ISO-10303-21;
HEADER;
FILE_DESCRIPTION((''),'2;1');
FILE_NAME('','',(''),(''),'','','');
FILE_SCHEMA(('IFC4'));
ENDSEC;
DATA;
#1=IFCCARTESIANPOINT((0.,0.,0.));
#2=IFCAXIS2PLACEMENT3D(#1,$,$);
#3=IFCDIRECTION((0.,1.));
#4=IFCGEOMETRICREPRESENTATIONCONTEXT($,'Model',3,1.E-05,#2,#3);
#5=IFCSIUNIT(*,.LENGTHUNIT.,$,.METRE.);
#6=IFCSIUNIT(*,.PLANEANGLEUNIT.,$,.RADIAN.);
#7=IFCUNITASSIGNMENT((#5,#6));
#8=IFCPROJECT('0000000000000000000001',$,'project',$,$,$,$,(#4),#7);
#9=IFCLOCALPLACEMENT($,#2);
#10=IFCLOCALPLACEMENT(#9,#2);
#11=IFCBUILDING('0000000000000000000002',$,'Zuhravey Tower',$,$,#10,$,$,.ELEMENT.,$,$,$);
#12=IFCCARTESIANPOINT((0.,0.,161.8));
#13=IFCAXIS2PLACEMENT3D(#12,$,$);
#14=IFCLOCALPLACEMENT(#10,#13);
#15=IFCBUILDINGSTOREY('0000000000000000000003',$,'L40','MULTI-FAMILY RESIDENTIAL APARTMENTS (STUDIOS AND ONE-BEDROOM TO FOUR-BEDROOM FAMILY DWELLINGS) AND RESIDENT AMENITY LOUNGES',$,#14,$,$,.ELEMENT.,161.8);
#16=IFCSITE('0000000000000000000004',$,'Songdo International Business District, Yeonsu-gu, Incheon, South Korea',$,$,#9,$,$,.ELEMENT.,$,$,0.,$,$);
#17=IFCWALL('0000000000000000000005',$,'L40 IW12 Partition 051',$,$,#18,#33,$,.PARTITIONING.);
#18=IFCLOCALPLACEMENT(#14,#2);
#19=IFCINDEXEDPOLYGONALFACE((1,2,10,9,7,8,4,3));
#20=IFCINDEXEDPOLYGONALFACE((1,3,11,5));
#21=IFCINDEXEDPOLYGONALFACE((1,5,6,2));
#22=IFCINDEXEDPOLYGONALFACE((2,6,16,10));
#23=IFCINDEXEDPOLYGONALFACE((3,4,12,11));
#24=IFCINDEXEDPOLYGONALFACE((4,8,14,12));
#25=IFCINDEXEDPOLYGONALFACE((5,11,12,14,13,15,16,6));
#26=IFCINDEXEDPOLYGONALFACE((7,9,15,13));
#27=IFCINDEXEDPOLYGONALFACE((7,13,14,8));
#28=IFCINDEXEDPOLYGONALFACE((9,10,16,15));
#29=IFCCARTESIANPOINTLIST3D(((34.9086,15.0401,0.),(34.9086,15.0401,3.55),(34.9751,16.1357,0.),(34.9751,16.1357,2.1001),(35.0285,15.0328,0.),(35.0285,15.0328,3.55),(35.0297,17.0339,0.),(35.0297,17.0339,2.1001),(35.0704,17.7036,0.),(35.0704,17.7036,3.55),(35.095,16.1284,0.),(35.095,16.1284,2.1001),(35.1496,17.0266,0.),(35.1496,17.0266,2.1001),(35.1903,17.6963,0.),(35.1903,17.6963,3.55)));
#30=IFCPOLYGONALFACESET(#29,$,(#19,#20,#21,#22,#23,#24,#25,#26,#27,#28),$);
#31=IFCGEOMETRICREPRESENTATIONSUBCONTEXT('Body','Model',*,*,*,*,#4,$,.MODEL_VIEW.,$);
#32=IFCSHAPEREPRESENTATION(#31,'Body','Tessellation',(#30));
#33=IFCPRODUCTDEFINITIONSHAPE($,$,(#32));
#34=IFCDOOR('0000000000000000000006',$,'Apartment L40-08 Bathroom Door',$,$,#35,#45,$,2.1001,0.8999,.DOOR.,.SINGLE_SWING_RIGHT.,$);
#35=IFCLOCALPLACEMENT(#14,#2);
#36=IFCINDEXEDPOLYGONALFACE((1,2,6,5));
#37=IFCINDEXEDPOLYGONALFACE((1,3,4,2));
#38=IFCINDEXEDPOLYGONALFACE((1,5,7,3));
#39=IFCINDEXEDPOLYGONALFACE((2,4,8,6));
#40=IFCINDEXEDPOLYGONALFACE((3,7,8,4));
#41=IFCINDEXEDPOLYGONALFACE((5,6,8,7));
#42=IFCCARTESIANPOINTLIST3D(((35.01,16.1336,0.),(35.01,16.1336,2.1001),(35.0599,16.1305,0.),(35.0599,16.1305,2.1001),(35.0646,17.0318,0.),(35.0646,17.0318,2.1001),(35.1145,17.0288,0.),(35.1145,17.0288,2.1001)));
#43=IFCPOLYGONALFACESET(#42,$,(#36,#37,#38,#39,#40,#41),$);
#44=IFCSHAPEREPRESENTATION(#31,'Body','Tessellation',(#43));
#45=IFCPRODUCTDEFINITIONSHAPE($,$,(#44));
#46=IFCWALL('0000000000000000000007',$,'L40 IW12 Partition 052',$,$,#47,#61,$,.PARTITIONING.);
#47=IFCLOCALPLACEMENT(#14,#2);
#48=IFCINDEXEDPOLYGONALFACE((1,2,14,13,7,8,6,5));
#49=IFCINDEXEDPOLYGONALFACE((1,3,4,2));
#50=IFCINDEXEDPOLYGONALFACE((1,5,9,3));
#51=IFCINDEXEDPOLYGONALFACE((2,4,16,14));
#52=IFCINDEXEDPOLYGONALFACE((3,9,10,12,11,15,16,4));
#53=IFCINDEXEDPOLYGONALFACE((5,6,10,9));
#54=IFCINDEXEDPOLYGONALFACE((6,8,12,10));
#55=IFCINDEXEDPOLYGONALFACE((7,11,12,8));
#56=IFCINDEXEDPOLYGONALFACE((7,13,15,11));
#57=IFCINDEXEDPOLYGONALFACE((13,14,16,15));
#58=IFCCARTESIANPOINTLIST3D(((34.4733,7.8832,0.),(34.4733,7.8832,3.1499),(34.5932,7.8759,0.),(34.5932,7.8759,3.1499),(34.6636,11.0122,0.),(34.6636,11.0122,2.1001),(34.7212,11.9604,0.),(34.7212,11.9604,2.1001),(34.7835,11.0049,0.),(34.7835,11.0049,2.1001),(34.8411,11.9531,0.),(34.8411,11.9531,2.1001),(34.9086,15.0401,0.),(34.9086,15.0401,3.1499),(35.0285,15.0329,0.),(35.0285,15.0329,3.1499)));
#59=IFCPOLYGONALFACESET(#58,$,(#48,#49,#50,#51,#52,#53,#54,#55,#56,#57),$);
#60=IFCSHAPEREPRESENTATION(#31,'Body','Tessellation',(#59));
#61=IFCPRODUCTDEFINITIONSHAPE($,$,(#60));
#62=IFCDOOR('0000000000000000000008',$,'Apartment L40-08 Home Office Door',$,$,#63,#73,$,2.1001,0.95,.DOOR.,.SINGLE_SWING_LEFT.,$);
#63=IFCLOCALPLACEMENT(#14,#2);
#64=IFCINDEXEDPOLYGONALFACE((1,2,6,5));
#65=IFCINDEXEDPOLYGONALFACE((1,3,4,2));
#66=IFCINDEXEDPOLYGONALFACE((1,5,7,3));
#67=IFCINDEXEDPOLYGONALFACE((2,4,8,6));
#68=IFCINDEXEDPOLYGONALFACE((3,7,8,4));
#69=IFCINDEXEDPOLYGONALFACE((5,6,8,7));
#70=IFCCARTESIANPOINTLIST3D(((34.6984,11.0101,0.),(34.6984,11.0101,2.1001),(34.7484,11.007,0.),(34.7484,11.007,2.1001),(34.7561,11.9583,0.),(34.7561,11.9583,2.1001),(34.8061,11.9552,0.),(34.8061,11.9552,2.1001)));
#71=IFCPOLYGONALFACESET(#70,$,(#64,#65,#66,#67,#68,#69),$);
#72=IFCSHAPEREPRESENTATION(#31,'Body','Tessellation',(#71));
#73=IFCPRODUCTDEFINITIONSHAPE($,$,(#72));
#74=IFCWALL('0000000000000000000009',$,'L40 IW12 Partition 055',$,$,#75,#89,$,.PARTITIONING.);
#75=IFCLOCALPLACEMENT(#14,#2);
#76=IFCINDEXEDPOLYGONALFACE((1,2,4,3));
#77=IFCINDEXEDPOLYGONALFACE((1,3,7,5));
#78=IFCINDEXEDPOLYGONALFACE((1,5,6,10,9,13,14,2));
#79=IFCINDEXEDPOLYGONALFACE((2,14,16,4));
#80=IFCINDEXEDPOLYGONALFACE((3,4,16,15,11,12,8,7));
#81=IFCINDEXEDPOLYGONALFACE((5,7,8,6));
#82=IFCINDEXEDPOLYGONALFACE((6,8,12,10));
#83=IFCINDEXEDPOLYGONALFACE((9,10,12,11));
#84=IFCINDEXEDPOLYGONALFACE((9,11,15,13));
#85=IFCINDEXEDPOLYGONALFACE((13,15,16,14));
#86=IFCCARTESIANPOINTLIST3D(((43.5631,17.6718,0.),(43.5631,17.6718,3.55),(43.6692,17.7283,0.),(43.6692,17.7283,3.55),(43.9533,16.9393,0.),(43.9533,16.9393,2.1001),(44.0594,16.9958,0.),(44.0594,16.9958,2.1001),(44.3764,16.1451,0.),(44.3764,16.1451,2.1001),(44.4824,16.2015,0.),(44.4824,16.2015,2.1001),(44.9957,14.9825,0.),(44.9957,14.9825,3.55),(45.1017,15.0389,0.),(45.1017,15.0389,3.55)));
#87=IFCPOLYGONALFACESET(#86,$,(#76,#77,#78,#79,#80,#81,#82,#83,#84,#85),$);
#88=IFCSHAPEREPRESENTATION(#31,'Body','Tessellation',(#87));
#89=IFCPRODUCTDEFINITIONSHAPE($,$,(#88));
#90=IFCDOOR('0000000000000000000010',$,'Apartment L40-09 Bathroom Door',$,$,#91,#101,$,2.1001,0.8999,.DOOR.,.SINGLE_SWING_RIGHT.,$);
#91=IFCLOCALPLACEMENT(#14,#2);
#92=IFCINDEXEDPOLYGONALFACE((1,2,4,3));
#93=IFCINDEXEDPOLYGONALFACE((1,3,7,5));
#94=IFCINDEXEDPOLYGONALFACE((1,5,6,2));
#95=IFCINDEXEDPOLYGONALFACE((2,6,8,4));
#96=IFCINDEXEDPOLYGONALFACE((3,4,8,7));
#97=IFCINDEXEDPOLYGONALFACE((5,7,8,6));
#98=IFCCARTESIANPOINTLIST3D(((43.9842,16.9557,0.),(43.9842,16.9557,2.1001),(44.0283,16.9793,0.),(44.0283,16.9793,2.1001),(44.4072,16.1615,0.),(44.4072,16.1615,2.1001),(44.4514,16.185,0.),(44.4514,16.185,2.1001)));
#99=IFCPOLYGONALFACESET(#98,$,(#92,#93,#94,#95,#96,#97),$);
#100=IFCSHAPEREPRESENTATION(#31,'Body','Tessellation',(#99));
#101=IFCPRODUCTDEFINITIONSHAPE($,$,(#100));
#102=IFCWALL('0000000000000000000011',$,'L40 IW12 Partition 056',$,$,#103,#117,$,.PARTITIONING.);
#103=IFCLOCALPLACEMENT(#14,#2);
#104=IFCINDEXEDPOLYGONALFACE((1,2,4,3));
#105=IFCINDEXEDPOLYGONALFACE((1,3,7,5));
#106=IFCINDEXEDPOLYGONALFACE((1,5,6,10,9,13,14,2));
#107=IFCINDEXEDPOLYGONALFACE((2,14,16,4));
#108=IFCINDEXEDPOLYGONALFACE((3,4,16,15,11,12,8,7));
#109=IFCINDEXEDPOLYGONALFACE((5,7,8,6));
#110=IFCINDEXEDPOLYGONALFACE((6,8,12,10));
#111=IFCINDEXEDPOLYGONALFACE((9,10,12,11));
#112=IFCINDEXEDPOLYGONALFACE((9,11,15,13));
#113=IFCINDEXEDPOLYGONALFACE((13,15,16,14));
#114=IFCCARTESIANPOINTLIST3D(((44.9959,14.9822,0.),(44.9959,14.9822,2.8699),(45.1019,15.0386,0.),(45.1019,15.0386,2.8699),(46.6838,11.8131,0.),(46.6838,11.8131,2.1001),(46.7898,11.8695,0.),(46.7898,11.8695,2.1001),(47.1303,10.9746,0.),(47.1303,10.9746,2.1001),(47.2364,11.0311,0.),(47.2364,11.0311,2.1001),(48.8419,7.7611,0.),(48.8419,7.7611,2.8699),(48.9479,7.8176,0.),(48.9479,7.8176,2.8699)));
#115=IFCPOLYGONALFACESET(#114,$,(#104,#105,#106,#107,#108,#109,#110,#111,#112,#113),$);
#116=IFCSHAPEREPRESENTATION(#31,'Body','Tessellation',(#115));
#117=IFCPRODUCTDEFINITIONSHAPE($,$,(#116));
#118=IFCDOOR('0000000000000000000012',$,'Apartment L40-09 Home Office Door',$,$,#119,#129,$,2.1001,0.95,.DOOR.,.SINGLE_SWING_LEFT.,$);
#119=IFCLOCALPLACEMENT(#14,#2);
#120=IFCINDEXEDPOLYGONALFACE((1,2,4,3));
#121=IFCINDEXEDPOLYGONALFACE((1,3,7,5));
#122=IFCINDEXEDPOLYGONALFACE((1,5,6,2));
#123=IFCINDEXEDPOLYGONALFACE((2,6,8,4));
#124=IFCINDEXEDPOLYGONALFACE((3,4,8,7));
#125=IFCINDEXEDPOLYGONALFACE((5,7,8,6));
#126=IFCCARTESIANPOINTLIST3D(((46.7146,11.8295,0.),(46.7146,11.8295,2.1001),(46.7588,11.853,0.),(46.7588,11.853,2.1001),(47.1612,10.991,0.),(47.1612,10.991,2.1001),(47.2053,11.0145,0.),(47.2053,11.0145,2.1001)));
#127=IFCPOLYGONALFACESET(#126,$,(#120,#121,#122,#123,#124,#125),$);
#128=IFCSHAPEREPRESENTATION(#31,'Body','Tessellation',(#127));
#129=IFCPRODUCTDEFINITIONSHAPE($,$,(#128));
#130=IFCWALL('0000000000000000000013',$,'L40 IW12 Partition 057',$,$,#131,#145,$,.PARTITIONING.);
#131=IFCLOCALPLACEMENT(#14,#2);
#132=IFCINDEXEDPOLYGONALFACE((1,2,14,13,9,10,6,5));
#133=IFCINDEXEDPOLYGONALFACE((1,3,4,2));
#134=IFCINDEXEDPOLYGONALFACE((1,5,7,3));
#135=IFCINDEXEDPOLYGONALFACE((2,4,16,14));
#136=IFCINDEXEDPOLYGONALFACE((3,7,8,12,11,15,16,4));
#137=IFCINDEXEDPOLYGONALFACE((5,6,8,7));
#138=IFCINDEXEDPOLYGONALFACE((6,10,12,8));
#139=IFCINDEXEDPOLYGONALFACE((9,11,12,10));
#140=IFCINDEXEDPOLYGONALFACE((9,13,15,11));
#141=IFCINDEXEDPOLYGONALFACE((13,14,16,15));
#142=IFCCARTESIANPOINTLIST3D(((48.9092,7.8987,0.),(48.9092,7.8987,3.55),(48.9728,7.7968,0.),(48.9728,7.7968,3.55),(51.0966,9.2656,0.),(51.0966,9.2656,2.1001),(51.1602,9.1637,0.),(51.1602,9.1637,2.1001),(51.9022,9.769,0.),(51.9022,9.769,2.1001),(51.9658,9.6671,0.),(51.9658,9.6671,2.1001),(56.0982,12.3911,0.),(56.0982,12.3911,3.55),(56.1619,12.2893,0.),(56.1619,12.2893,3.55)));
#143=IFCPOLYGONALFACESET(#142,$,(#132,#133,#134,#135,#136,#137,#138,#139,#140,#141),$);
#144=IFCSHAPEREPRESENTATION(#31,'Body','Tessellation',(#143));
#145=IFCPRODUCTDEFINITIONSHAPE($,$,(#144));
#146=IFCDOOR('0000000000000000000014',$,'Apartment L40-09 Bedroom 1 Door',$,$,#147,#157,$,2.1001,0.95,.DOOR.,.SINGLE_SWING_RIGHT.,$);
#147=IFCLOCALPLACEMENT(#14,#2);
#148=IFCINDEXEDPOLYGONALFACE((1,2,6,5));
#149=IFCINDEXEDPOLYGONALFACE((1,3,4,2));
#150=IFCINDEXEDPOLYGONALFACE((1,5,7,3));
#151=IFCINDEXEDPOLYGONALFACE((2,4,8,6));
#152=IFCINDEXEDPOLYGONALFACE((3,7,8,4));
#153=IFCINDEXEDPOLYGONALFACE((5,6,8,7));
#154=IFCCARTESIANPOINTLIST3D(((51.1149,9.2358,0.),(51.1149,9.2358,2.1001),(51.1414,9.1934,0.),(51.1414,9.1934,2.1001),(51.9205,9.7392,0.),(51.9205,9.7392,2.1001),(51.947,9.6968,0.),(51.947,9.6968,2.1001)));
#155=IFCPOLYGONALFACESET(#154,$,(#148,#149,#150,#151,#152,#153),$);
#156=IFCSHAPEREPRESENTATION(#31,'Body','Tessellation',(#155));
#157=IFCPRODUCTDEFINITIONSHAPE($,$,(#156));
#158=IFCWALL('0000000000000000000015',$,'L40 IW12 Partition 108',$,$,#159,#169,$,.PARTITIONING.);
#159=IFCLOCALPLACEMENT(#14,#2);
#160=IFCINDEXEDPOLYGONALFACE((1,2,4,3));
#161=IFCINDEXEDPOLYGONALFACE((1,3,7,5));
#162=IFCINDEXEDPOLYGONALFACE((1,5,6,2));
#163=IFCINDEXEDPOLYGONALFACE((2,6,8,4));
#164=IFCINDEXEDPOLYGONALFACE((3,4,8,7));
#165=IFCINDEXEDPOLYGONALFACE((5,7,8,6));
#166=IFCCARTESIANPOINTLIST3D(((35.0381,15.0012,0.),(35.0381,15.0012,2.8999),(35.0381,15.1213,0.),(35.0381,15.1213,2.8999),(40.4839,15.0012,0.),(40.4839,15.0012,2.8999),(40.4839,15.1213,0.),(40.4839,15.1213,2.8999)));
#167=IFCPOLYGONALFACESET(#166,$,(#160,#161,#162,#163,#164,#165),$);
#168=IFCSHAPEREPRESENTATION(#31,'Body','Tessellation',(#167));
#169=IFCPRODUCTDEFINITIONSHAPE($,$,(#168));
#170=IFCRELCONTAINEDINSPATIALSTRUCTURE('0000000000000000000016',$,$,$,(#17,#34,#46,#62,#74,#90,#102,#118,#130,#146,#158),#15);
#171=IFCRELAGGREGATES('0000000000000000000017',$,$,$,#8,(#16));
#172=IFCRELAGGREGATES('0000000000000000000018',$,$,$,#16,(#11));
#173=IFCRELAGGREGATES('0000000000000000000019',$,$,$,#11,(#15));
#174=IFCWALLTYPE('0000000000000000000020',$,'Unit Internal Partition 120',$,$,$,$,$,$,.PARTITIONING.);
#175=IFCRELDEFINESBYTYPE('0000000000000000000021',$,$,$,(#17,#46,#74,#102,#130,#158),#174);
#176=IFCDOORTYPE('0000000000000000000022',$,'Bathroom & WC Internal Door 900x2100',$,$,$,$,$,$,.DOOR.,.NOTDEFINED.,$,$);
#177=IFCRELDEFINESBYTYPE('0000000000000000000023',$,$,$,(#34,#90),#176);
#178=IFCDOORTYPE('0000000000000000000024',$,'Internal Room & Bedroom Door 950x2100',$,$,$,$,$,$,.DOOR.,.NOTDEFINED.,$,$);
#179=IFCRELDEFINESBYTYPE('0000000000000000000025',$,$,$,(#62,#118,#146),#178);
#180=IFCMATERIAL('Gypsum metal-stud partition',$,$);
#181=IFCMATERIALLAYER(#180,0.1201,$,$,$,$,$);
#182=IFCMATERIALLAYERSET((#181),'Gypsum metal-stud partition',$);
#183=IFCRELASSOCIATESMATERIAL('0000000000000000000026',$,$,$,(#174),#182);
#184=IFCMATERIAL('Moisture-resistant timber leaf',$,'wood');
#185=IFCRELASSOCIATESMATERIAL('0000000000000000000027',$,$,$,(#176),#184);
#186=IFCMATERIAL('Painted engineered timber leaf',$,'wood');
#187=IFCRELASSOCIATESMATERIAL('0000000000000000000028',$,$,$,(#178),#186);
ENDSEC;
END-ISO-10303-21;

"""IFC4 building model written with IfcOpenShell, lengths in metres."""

from ifc_helpers import new_model, si_unit, direction, frame, frame_2d, origin, place, context, subcontext, project, spatial, rectangle, extrude, material, layer, layer_set, type_object, element, fill, save


model = new_model("IFC4")

# Units and contexts
model_context = context("Model", 3, precision=1e-05, world=origin(), true_north=direction((0.0, 1.0)))
body_context = subcontext(model_context, "Body", "Model", "MODEL_VIEW")
ifc_project = project(units=[si_unit("LENGTHUNIT", "METRE"), si_unit("PLANEANGLEUNIT", "RADIAN")], contexts=[model_context])

# Site, building, storey
site_placement = place(None, origin())
site = spatial("IfcSite", under=ifc_project, at=site_placement, Name="Songdo International Business District, Yeonsu-gu, Incheon, South Korea", CompositionType="ELEMENT", RefElevation=0.0)
building_placement = place(site_placement, origin())
building = spatial("IfcBuilding", under=site, at=building_placement, Name="Zuhravey Tower", CompositionType="ELEMENT")
storey_placement = place(building_placement, frame((0.0, 0.0, 161.8)))
storey = spatial("IfcBuildingStorey", under=building, at=storey_placement, Name="L40", Description="MULTI-FAMILY RESIDENTIAL APARTMENTS (STUDIOS AND ONE-BEDROOM TO FOUR-BEDROOM FAMILY DWELLINGS) AND RESIDENT AMENITY LOUNGES", CompositionType="ELEMENT", Elevation=161.8)

# Walls, openings, doors
ifc_material_1 = material(Name="Gypsum metal-stud partition")
ifc_layer_1 = layer(ifc_material_1, 0.1201)
ifc_layer_set_1 = layer_set([ifc_layer_1], Name="Gypsum metal-stud partition")
wall_type_1 = type_object("IfcWallType", Name="Unit Internal Partition 120", PredefinedType="PARTITIONING", material=ifc_layer_set_1)
wall_1_placement = place(storey_placement, frame((35.1304, 17.7, 0.0), z_axis=(0.0, 0.0, 1.0), x_axis=(-0.060658, -0.998159, 0.0)))
wall_1 = element("IfcWall", 1, at=wall_1_placement, inside=storey, type_object=wall_type_1, Name="L40 IW12 Partition 051", PredefinedType="PARTITIONING", context=body_context, shape_type="SweptSolid", body=[
    extrude(rectangle(XDim=2.6685, YDim=0.1201, at=frame_2d((1.3342, 0.0))), origin(), (0.0, 0.0, 1.0), 3.55),
])
opening_1_placement = place(wall_1_placement, frame((0.6709, 0.0, 0.0)))
opening_1 = element("IfcOpeningElement", 2, at=opening_1_placement, cuts=wall_1, PredefinedType="OPENING", context=body_context, shape_type="SweptSolid", body=[
    extrude(rectangle(XDim=0.8999, YDim=2.1001, at=frame_2d((0.45, 1.05))), frame((0.0, 0.072, 0.0), z_axis=(0.0, -1.0, 0.0), x_axis=(1.0, 0.0, 0.0)), (0.0, 0.0, 1.0), 0.144),
])
ifc_material_2 = material(Name="Moisture-resistant timber leaf", Category="wood")
door_type_1 = type_object("IfcDoorType", Name="Bathroom & WC Internal Door 900x2100", OperationType="NOTDEFINED", PredefinedType="DOOR", material=ifc_material_2)
door_1_placement = place(opening_1_placement, origin())
door_1 = element("IfcDoor", 3, at=door_1_placement, inside=storey, type_object=door_type_1, Name="Apartment L40-08 Bathroom Door", OperationType="SINGLE_SWING_RIGHT", OverallHeight=2.1001, OverallWidth=0.8999, PredefinedType="DOOR", context=body_context, shape_type="SweptSolid", body=[
    extrude(rectangle(XDim=0.8999, YDim=2.1001, at=frame_2d((0.45, 1.05))), frame((0.0, 0.0249, 0.0), z_axis=(0.0, -1.0, 0.0), x_axis=(1.0, 0.0, 0.0)), (0.0, 0.0, 1.0), 0.05),
])
fill(opening_1, door_1)
wall_2_placement = place(storey_placement, frame((34.9685, 15.0364, 0.0), z_axis=(0.0, 0.0, 1.0), x_axis=(-0.06071, -0.998155, 0.0)))
wall_2 = element("IfcWall", 4, at=wall_2_placement, inside=storey, type_object=wall_type_1, Name="L40 IW12 Partition 052", PredefinedType="PARTITIONING", context=body_context, shape_type="SweptSolid", body=[
    extrude(rectangle(XDim=7.1702, YDim=0.1201, at=frame_2d((3.585, 0.0))), origin(), (0.0, 0.0, 1.0), 3.1499),
])
opening_2_placement = place(wall_2_placement, frame((3.0852, 0.0, 0.0)))
opening_2 = element("IfcOpeningElement", 5, at=opening_2_placement, cuts=wall_2, PredefinedType="OPENING", context=body_context, shape_type="SweptSolid", body=[
    extrude(rectangle(XDim=0.95, YDim=2.1001, at=frame_2d((0.4751, 1.05))), frame((0.0, 0.072, 0.0), z_axis=(0.0, -1.0, 0.0), x_axis=(1.0, 0.0, 0.0)), (0.0, 0.0, 1.0), 0.144),
])
ifc_material_3 = material(Name="Painted engineered timber leaf", Category="wood")
door_type_2 = type_object("IfcDoorType", Name="Internal Room & Bedroom Door 950x2100", OperationType="NOTDEFINED", PredefinedType="DOOR", material=ifc_material_3)
door_2_placement = place(opening_2_placement, origin())
door_2 = element("IfcDoor", 6, at=door_2_placement, inside=storey, type_object=door_type_2, Name="Apartment L40-08 Home Office Door", OperationType="SINGLE_SWING_LEFT", OverallHeight=2.1001, OverallWidth=0.95, PredefinedType="DOOR", context=body_context, shape_type="SweptSolid", body=[
    extrude(rectangle(XDim=0.95, YDim=2.1001, at=frame_2d((0.4751, 1.05))), frame((0.0, 0.0249, 0.0), z_axis=(0.0, -1.0, 0.0), x_axis=(1.0, 0.0, 0.0)), (0.0, 0.0, 1.0), 0.05),
])
fill(opening_2, door_2)
wall_3_placement = place(storey_placement, frame((43.6162, 17.7, 0.0), z_axis=(0.0, 0.0, 1.0), x_axis=(0.470139, -0.882592, 0.0)))
wall_3 = element("IfcWall", 7, at=wall_3_placement, inside=storey, type_object=wall_type_1, Name="L40 IW12 Partition 055", PredefinedType="PARTITIONING", context=body_context, shape_type="SweptSolid", body=[
    extrude(rectangle(XDim=3.0471, YDim=0.1201, at=frame_2d((1.5234, 0.0))), origin(), (0.0, 0.0, 1.0), 3.55),
])
opening_3_placement = place(wall_3_placement, frame((0.8298, 0.0, 0.0)))
opening_3 = element("IfcOpeningElement", 8, at=opening_3_placement, cuts=wall_3, PredefinedType="OPENING", context=body_context, shape_type="SweptSolid", body=[
    extrude(rectangle(XDim=0.8999, YDim=2.1001, at=frame_2d((0.45, 1.05))), frame((0.0, 0.072, 0.0), z_axis=(0.0, -1.0, 0.0), x_axis=(1.0, 0.0, 0.0)), (0.0, 0.0, 1.0), 0.144),
])
door_3_placement = place(opening_3_placement, origin())
door_3 = element("IfcDoor", 9, at=door_3_placement, inside=storey, type_object=door_type_1, Name="Apartment L40-09 Bathroom Door", OperationType="SINGLE_SWING_RIGHT", OverallHeight=2.1001, OverallWidth=0.8999, PredefinedType="DOOR", context=body_context, shape_type="SweptSolid", body=[
    extrude(rectangle(XDim=0.8999, YDim=2.1001, at=frame_2d((0.45, 1.05))), frame((0.0, 0.0249, 0.0), z_axis=(0.0, -1.0, 0.0), x_axis=(1.0, 0.0, 0.0)), (0.0, 0.0, 1.0), 0.05),
])
fill(opening_3, door_3)
wall_4_placement = place(storey_placement, frame((45.0488, 15.0105, 0.0), z_axis=(0.0, 0.0, 1.0), x_axis=(0.470091, -0.882618, 0.0)))
wall_4 = element("IfcWall", 10, at=wall_4_placement, inside=storey, type_object=wall_type_1, Name="L40 IW12 Partition 056", PredefinedType="PARTITIONING", context=body_context, shape_type="SweptSolid", body=[
    extrude(rectangle(XDim=8.1814, YDim=0.1201, at=frame_2d((4.0908, 0.0))), origin(), (0.0, 0.0, 1.0), 2.8699),
])
opening_4_placement = place(wall_4_placement, frame((3.5906, 0.0, 0.0)))
opening_4 = element("IfcOpeningElement", 11, at=opening_4_placement, cuts=wall_4, PredefinedType="OPENING", context=body_context, shape_type="SweptSolid", body=[
    extrude(rectangle(XDim=0.95, YDim=2.1001, at=frame_2d((0.4751, 1.05))), frame((0.0, 0.072, 0.0), z_axis=(0.0, -1.0, 0.0), x_axis=(1.0, 0.0, 0.0)), (0.0, 0.0, 1.0), 0.144),
])
door_4_placement = place(opening_4_placement, origin())
door_4 = element("IfcDoor", 12, at=door_4_placement, inside=storey, type_object=door_type_2, Name="Apartment L40-09 Home Office Door", OperationType="SINGLE_SWING_LEFT", OverallHeight=2.1001, OverallWidth=0.95, PredefinedType="DOOR", context=body_context, shape_type="SweptSolid", body=[
    extrude(rectangle(XDim=0.95, YDim=2.1001, at=frame_2d((0.4751, 1.05))), frame((0.0, 0.0249, 0.0), z_axis=(0.0, -1.0, 0.0), x_axis=(1.0, 0.0, 0.0)), (0.0, 0.0, 1.0), 0.05),
])
fill(opening_4, door_4)
wall_5_placement = place(storey_placement, frame((48.9409, 7.8477, 0.0), z_axis=(0.0, 0.0, 1.0), x_axis=(0.848034, 0.529942, 0.0)))
wall_5 = element("IfcWall", 13, at=wall_5_placement, inside=storey, type_object=wall_type_1, Name="L40 IW12 Partition 057", PredefinedType="PARTITIONING", context=body_context, shape_type="SweptSolid", body=[
    extrude(rectangle(XDim=8.4773, YDim=0.1201, at=frame_2d((4.2388, 0.0))), origin(), (0.0, 0.0, 1.0), 3.55),
])
opening_5_placement = place(wall_5_placement, frame((2.5793, 0.0, 0.0)))
opening_5 = element("IfcOpeningElement", 14, at=opening_5_placement, cuts=wall_5, PredefinedType="OPENING", context=body_context, shape_type="SweptSolid", body=[
    extrude(rectangle(XDim=0.95, YDim=2.1001, at=frame_2d((0.4751, 1.05))), frame((0.0, 0.072, 0.0), z_axis=(0.0, -1.0, 0.0), x_axis=(1.0, 0.0, 0.0)), (0.0, 0.0, 1.0), 0.144),
])
door_5_placement = place(opening_5_placement, frame((0.95, 0.0, 0.0), z_axis=(0.0, 0.0, 1.0), x_axis=(-1.0, 0.0, 0.0)))
door_5 = element("IfcDoor", 15, at=door_5_placement, inside=storey, type_object=door_type_2, Name="Apartment L40-09 Bedroom 1 Door", OperationType="SINGLE_SWING_RIGHT", OverallHeight=2.1001, OverallWidth=0.95, PredefinedType="DOOR", context=body_context, shape_type="SweptSolid", body=[
    extrude(rectangle(XDim=0.95, YDim=2.1001, at=frame_2d((0.4751, 1.05))), frame((0.0, 0.0249, 0.0), z_axis=(0.0, -1.0, 0.0), x_axis=(1.0, 0.0, 0.0)), (0.0, 0.0, 1.0), 0.05),
])
fill(opening_5, door_5)

# Wall
wall_6_placement = place(storey_placement, frame((35.0381, 15.0613, 0.0), z_axis=(0.0, 0.0, 1.0), x_axis=(1.0, 0.0, 0.0)))
element("IfcWall", 16, at=wall_6_placement, inside=storey, type_object=wall_type_1, Name="L40 IW12 Partition 108", PredefinedType="PARTITIONING", context=body_context, shape_type="SweptSolid", body=[
    extrude(rectangle(XDim=5.4458, YDim=0.1201, at=frame_2d((2.7229, 0.0))), origin(), (0.0, 0.0, 1.0), 2.8999),
])

save(model, "model.ifc")
